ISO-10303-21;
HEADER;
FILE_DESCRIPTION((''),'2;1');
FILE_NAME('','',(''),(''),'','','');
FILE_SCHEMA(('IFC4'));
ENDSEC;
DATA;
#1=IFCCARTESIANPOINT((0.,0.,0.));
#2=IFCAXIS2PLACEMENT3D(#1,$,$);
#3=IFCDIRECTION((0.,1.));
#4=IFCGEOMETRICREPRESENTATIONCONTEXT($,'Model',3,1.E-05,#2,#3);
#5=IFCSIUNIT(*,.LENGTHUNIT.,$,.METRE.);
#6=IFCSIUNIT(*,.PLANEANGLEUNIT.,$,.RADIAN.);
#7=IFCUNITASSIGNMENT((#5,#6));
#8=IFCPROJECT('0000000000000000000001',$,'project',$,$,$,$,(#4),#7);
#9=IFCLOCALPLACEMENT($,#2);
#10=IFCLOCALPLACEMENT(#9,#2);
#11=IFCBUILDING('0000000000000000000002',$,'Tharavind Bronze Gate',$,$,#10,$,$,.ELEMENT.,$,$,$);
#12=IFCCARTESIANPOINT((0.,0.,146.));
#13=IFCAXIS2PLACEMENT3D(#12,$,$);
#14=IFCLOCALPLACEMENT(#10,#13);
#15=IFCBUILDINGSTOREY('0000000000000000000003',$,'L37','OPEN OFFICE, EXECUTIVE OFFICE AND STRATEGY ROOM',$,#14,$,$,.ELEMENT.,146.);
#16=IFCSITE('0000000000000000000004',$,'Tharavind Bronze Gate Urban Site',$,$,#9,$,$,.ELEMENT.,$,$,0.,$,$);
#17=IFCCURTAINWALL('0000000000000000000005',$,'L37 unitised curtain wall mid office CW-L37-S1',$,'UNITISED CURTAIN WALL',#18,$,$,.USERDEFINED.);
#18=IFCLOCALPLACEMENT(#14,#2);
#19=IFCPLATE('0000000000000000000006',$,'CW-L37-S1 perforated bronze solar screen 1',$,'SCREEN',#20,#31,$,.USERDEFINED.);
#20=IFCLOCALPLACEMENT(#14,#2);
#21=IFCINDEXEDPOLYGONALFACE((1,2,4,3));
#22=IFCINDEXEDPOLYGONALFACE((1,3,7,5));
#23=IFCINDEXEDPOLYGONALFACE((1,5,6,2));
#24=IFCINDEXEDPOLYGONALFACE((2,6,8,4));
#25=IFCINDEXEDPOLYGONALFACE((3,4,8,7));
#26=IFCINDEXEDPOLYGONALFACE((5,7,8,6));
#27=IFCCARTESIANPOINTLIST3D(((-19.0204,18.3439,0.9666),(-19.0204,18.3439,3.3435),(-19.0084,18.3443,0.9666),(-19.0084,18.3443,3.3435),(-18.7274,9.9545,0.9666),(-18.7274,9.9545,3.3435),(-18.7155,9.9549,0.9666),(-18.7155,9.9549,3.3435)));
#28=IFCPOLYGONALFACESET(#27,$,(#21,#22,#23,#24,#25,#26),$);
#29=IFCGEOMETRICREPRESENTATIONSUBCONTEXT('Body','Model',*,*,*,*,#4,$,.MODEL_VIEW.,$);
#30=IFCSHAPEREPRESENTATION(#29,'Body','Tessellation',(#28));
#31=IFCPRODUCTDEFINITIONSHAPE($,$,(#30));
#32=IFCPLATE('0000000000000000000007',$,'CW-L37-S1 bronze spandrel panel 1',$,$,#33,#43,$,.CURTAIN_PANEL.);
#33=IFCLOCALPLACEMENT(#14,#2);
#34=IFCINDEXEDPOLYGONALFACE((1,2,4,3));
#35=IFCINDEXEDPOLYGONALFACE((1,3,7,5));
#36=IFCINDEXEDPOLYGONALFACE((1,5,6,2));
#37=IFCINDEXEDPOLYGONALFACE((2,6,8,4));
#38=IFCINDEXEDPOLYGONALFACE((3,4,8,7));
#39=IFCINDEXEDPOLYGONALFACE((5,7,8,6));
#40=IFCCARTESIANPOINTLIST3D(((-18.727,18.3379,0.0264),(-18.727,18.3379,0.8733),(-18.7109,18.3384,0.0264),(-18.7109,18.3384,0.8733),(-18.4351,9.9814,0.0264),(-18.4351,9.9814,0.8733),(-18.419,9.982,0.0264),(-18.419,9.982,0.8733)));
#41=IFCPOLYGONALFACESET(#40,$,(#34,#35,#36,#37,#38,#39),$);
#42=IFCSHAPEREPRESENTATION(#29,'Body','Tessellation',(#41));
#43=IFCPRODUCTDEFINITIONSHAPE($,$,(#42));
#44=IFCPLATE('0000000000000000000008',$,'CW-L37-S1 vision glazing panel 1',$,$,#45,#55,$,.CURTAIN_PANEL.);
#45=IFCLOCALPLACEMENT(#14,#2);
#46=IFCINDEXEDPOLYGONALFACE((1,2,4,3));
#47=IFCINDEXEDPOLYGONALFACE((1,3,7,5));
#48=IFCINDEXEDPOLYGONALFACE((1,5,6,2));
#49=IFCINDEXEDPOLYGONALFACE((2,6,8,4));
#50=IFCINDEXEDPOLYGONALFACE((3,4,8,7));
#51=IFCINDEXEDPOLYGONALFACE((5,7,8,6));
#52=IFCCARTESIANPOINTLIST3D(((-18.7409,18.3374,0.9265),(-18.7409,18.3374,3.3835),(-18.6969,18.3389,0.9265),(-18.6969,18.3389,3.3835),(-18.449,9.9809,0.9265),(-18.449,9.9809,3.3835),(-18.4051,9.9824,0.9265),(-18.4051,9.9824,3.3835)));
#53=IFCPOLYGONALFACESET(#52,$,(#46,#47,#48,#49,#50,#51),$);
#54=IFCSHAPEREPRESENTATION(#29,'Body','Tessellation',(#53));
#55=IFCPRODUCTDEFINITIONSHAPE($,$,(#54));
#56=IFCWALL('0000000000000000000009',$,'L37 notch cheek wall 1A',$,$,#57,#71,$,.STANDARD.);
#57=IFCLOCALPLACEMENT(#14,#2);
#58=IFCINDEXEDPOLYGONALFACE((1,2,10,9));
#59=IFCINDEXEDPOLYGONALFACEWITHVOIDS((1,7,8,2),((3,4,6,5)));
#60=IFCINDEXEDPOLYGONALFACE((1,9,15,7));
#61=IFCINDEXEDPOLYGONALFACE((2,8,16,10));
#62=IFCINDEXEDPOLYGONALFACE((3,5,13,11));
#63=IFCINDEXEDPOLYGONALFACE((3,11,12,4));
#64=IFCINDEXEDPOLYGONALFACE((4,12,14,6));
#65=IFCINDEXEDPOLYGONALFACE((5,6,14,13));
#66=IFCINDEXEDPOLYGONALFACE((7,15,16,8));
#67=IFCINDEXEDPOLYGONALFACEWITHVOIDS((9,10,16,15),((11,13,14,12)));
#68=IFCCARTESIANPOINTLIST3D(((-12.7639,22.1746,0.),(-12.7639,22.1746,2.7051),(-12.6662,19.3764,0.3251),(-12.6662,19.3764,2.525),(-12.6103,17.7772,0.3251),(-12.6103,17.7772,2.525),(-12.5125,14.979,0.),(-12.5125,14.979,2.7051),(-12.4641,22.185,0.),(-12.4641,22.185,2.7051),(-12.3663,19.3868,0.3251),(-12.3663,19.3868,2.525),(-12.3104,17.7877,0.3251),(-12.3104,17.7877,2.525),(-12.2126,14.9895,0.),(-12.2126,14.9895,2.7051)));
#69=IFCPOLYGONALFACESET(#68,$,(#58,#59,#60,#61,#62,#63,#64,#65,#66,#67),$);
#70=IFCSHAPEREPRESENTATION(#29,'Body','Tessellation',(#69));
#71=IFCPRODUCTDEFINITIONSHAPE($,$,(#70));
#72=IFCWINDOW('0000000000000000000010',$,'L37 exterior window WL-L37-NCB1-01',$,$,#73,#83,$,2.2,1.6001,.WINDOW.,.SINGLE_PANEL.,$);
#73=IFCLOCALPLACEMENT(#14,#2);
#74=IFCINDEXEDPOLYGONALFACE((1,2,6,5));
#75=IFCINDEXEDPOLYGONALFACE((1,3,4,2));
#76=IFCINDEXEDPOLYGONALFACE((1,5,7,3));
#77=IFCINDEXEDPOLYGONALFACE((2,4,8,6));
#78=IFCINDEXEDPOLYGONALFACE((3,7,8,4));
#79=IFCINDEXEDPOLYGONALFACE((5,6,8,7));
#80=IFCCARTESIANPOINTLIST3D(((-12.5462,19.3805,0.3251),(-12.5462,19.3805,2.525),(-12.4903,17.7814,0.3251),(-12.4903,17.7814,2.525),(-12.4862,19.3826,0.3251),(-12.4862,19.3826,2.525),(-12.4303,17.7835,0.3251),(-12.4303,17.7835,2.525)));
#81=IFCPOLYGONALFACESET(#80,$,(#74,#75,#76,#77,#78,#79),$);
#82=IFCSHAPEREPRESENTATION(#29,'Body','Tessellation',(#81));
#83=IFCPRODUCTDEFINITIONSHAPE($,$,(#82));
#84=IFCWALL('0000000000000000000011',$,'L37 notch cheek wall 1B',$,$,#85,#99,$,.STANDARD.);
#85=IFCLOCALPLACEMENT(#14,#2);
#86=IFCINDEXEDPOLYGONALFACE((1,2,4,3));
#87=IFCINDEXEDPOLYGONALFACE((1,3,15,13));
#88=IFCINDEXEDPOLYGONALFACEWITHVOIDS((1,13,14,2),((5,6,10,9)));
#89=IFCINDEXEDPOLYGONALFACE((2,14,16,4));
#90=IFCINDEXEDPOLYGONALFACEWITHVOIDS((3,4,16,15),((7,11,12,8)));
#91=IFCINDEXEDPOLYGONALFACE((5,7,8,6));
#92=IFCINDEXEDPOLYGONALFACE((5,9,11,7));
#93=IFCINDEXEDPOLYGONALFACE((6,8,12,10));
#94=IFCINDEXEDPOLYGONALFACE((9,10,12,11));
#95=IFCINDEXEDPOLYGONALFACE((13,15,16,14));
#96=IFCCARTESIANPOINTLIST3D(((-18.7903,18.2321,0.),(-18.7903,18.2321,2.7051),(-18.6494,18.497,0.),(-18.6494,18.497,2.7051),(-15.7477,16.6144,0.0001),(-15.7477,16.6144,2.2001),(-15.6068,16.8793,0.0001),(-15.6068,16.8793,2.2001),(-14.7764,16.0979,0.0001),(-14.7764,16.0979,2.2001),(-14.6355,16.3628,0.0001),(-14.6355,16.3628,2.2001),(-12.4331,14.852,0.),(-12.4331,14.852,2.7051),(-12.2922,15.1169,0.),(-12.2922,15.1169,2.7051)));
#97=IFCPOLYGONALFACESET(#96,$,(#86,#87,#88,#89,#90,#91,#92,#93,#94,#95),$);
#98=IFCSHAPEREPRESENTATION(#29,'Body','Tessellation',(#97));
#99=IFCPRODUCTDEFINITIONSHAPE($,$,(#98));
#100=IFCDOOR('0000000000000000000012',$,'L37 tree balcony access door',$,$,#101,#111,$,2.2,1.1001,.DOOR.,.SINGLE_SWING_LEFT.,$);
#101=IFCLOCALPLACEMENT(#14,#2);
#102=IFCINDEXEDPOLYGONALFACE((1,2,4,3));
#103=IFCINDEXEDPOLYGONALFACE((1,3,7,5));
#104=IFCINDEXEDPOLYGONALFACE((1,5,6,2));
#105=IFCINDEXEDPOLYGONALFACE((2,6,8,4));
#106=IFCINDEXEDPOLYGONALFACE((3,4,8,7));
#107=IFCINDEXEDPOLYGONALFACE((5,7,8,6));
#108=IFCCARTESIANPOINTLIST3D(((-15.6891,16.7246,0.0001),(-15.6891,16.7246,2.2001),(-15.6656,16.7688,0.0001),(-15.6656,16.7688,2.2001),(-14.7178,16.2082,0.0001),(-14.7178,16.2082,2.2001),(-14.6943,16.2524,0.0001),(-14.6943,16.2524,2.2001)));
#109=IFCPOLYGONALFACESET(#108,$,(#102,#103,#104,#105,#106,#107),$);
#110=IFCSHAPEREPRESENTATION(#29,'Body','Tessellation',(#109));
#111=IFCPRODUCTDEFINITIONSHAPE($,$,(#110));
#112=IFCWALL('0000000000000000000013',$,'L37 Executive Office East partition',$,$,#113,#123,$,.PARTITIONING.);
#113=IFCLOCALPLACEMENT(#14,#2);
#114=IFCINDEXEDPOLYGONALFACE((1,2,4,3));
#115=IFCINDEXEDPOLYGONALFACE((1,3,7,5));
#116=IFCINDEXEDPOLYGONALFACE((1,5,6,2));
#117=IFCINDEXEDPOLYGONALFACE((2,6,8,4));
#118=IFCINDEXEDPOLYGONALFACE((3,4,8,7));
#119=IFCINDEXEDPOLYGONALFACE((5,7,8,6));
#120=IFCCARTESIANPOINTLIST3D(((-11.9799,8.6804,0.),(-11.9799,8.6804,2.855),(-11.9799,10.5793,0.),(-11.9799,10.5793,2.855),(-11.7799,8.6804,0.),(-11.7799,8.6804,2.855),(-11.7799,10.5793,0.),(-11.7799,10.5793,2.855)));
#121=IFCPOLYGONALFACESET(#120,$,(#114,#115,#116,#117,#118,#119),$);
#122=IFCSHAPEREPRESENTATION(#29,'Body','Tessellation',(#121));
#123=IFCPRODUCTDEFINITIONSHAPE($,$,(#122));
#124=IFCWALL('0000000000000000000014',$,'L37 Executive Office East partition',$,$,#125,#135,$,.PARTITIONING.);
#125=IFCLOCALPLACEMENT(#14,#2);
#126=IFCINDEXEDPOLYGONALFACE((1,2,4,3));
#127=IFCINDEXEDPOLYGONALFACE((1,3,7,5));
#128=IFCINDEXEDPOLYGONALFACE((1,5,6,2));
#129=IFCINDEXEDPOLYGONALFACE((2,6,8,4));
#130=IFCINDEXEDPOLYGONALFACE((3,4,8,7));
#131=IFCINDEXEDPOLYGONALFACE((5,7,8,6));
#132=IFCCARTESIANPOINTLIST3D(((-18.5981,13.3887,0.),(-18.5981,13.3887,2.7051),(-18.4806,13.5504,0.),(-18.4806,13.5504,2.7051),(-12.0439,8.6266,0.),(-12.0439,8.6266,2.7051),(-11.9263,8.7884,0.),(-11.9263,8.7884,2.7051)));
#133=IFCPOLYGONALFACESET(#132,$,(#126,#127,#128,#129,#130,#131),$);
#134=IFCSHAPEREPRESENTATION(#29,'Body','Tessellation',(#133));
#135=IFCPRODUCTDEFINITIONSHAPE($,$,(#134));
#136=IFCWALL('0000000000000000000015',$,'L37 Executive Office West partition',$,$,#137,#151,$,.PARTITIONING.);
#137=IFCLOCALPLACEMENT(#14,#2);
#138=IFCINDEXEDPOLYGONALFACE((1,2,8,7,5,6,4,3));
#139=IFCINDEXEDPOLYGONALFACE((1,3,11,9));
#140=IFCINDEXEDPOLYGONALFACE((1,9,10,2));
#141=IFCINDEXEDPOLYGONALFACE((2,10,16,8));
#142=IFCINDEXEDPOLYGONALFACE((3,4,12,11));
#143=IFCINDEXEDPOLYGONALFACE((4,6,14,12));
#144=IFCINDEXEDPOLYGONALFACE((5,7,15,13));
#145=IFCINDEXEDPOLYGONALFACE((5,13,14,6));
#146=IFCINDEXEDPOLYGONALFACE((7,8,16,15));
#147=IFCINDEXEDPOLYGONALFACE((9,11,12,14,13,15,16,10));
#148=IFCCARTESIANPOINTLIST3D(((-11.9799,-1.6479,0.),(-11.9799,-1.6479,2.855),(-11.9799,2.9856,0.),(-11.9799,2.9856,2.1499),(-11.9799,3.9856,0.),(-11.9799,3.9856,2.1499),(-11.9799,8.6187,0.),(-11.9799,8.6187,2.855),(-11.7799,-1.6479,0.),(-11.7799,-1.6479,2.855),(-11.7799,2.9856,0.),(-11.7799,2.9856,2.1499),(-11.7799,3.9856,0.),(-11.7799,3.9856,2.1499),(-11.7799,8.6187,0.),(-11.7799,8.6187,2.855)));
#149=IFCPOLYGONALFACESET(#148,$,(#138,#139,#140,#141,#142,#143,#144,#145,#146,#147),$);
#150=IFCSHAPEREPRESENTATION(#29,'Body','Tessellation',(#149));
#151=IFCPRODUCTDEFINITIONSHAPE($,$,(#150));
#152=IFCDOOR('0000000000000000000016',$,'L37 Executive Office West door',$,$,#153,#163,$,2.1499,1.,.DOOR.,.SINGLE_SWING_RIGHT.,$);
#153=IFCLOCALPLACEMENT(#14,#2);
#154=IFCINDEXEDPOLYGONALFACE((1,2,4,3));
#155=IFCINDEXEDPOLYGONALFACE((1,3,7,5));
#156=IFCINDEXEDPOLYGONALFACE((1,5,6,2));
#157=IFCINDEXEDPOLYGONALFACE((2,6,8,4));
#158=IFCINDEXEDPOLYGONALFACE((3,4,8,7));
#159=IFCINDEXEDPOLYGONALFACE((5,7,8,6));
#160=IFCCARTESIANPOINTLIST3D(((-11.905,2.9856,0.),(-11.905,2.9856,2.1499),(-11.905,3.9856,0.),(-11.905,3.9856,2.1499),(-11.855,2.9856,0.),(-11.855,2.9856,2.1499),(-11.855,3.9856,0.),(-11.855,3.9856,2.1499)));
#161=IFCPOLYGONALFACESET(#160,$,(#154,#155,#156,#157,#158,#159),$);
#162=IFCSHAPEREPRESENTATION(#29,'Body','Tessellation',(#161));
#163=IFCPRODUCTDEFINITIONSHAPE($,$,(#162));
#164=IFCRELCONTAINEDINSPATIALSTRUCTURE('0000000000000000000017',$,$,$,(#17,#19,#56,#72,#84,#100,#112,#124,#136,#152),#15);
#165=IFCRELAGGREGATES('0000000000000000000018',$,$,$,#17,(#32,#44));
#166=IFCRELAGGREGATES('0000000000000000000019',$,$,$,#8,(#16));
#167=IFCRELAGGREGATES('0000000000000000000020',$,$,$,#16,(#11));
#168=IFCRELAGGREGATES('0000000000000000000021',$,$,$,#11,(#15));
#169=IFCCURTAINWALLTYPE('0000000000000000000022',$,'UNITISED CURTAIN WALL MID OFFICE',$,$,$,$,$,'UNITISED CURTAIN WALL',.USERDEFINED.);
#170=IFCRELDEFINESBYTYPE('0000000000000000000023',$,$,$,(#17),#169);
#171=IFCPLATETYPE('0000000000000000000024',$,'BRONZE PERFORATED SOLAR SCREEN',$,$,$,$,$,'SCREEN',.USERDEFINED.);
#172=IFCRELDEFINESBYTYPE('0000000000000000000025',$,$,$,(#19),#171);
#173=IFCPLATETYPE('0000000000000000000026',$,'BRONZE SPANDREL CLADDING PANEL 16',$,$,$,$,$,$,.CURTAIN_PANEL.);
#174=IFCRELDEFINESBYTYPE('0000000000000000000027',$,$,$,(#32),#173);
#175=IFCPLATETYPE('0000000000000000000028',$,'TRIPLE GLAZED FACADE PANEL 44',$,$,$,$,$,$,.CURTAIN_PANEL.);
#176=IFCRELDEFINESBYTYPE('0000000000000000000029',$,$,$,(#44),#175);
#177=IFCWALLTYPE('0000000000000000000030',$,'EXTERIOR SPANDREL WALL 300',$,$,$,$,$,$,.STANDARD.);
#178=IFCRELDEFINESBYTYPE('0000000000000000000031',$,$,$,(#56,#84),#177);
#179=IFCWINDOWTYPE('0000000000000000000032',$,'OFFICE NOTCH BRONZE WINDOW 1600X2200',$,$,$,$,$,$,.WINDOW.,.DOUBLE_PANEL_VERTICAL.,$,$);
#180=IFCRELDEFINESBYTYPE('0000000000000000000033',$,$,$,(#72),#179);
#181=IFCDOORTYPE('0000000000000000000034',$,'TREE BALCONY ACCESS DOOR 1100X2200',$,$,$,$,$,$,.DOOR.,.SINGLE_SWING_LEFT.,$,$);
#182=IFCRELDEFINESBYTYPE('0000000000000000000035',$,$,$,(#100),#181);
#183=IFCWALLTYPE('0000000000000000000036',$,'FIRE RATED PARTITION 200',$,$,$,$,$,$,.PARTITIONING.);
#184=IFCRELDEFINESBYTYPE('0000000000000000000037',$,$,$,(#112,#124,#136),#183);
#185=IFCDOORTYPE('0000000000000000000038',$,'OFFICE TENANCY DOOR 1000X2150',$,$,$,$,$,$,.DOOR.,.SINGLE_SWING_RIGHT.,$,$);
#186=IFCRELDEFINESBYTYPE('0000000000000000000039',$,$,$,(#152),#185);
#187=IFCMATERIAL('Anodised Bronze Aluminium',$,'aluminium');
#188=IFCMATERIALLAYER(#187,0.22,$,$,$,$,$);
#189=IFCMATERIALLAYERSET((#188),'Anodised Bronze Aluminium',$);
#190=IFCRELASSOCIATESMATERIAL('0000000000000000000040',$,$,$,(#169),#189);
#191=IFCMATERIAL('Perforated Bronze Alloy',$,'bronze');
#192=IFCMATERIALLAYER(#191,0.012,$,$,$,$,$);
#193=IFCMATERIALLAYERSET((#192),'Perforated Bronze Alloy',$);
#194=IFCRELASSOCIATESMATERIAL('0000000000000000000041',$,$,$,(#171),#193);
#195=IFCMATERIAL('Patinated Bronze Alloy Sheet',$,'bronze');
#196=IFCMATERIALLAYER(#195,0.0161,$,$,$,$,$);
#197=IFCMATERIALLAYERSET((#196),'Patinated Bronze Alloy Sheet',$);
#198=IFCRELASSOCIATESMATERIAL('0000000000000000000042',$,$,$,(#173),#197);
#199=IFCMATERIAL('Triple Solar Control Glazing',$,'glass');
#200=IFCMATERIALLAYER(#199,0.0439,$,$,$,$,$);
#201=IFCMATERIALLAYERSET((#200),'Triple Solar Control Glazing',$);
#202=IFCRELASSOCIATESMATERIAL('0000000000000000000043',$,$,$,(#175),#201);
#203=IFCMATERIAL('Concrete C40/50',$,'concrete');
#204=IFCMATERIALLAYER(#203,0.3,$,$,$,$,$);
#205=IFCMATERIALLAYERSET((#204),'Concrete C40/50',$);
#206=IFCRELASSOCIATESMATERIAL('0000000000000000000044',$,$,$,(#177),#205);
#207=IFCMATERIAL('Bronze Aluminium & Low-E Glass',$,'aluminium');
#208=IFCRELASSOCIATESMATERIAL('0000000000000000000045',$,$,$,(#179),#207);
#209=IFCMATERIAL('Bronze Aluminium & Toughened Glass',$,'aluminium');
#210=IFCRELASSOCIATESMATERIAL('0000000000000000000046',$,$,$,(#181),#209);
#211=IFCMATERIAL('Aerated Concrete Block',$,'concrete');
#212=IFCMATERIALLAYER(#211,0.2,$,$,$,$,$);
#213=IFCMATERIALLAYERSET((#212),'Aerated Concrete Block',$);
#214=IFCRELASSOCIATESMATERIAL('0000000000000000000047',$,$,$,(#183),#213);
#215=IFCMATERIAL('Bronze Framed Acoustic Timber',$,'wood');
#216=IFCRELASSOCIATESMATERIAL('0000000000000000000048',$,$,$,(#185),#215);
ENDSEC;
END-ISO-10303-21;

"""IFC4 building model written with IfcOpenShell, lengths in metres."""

from ifc_helpers import new_model, si_unit, direction, frame, frame_2d, origin, origin_2d, place, context, subcontext, project, spatial, rectangle, extrude, material, layer, layer_set, type_object, element, fill, aggregate, save


model = new_model("IFC4")

# Units and contexts
model_context = context("Model", 3, precision=1e-05, world=origin(), true_north=direction((0.0, 1.0)))
body_context = subcontext(model_context, "Body", "Model", "MODEL_VIEW")
ifc_project = project(units=[si_unit("LENGTHUNIT", "METRE"), si_unit("PLANEANGLEUNIT", "RADIAN")], contexts=[model_context])

# Site, building, storey
site_placement = place(None, origin())
site = spatial("IfcSite", under=ifc_project, at=site_placement, Name="Tharavind Bronze Gate Urban Site", CompositionType="ELEMENT", RefElevation=0.0)
building_placement = place(site_placement, origin())
building = spatial("IfcBuilding", under=site, at=building_placement, Name="Tharavind Bronze Gate", CompositionType="ELEMENT")
storey_placement = place(building_placement, frame((0.0, 0.0, 146.0)))
storey = spatial("IfcBuildingStorey", under=building, at=storey_placement, Name="L37", Description="OPEN OFFICE, EXECUTIVE OFFICE AND STRATEGY ROOM", CompositionType="ELEMENT", Elevation=146.0)

# Curtain wall
ifc_material_1 = material(Name="Anodised Bronze Aluminium", Category="aluminium")
ifc_layer_1 = layer(ifc_material_1, 0.22)
ifc_layer_set_1 = layer_set([ifc_layer_1], Name="Anodised Bronze Aluminium")
curtain_wall_type = type_object("IfcCurtainWallType", Name="UNITISED CURTAIN WALL MID OFFICE", ElementType="UNITISED CURTAIN WALL", PredefinedType="USERDEFINED", material=ifc_layer_set_1)
curtain_wall_1_placement = place(storey_placement, origin())
curtain_wall_1 = element("IfcCurtainWall", 1, at=curtain_wall_1_placement, inside=storey, type_object=curtain_wall_type, Name="L37 unitised curtain wall mid office CW-L37-S1", ObjectType="UNITISED CURTAIN WALL", PredefinedType="USERDEFINED")

# Plates
ifc_material_2 = material(Name="Perforated Bronze Alloy", Category="bronze")
ifc_layer_2 = layer(ifc_material_2, 0.012)
ifc_layer_set_2 = layer_set([ifc_layer_2], Name="Perforated Bronze Alloy")
plate_type_1 = type_object("IfcPlateType", Name="BRONZE PERFORATED SOLAR SCREEN", ElementType="SCREEN", PredefinedType="USERDEFINED", material=ifc_layer_set_2)
plate_1_placement = place(storey_placement, frame((-18.8679, 14.1494, 0.9666), z_axis=(0.0, 0.0, 1.0), x_axis=(0.034899, -0.999391, 0.0)))
element("IfcPlate", 2, at=plate_1_placement, inside=storey, type_object=plate_type_1, Name="CW-L37-S1 perforated bronze solar screen 1", ObjectType="SCREEN", PredefinedType="USERDEFINED", context=body_context, shape_type="SweptSolid", body=[
    extrude(rectangle(XDim=8.3945, YDim=0.012, at=origin_2d()), origin(), (0.0, 0.0, 1.0), 2.377),
])
ifc_material_3 = material(Name="Patinated Bronze Alloy Sheet", Category="bronze")
ifc_layer_3 = layer(ifc_material_3, 0.0161)
ifc_layer_set_3 = layer_set([ifc_layer_3], Name="Patinated Bronze Alloy Sheet")
plate_type_2 = type_object("IfcPlateType", Name="BRONZE SPANDREL CLADDING PANEL 16", PredefinedType="CURTAIN_PANEL", material=ifc_layer_set_3)
plate_2_placement = place(storey_placement, frame((-18.573, 14.1599, 0.0264), z_axis=(0.0, 0.0, 1.0), x_axis=(0.034899, -0.999391, 0.0)))
plate_2 = element("IfcPlate", 3, at=plate_2_placement, type_object=plate_type_2, Name="CW-L37-S1 bronze spandrel panel 1", PredefinedType="CURTAIN_PANEL", context=body_context, shape_type="SweptSolid", body=[
    extrude(rectangle(XDim=8.3616, YDim=0.0161, at=origin_2d()), origin(), (0.0, 0.0, 1.0), 0.8469),
])
ifc_material_4 = material(Name="Triple Solar Control Glazing", Category="glass")
ifc_layer_4 = layer(ifc_material_4, 0.0439)
ifc_layer_set_4 = layer_set([ifc_layer_4], Name="Triple Solar Control Glazing")
plate_type_3 = type_object("IfcPlateType", Name="TRIPLE GLAZED FACADE PANEL 44", PredefinedType="CURTAIN_PANEL", material=ifc_layer_set_4)
plate_3_placement = place(storey_placement, frame((-18.573, 14.1599, 0.9265), z_axis=(0.0, 0.0, 1.0), x_axis=(0.034899, -0.999391, 0.0)))
plate_3 = element("IfcPlate", 4, at=plate_3_placement, type_object=plate_type_3, Name="CW-L37-S1 vision glazing panel 1", PredefinedType="CURTAIN_PANEL", context=body_context, shape_type="SweptSolid", body=[
    extrude(rectangle(XDim=8.3616, YDim=0.0439, at=origin_2d()), origin(), (0.0, 0.0, 1.0), 2.457),
])
aggregate(curtain_wall_1, [plate_2, plate_3])

# Wall, opening, window
ifc_material_5 = material(Name="Concrete C40/50", Category="concrete")
ifc_layer_5 = layer(ifc_material_5, 0.3)
ifc_layer_set_5 = layer_set([ifc_layer_5], Name="Concrete C40/50")
wall_type_1 = type_object("IfcWallType", Name="EXTERIOR SPANDREL WALL 300", PredefinedType="STANDARD", material=ifc_layer_set_5)
wall_1_placement = place(storey_placement, frame((-12.614, 22.1799, 0.0), z_axis=(0.0, 0.0, 1.0), x_axis=(0.034926, -0.99939, 0.0)))
wall_1 = element("IfcWall", 5, at=wall_1_placement, inside=storey, type_object=wall_type_1, Name="L37 notch cheek wall 1A", PredefinedType="STANDARD", context=body_context, shape_type="SweptSolid", body=[
    extrude(rectangle(XDim=7.2, YDim=0.3, at=frame_2d((3.6001, 0.0))), origin(), (0.0, 0.0, 1.0), 2.7051),
])
opening_1_placement = place(wall_1_placement, frame((2.8, 0.0, 0.325)))
opening_1 = element("IfcOpeningElement", 6, at=opening_1_placement, cuts=wall_1, PredefinedType="OPENING", context=body_context, shape_type="SweptSolid", body=[
    extrude(rectangle(XDim=1.6001, YDim=2.2, at=frame_2d((0.8, 1.1001))), frame((0.0, 0.1599, 0.0), z_axis=(0.0, -1.0, 0.0), x_axis=(1.0, 0.0, 0.0)), (0.0, 0.0, 1.0), 0.32),
])
ifc_material_6 = material(Name="Bronze Aluminium & Low-E Glass", Category="aluminium")
window_type = type_object("IfcWindowType", Name="OFFICE NOTCH BRONZE WINDOW 1600X2200", PartitioningType="DOUBLE_PANEL_VERTICAL", PredefinedType="WINDOW", material=ifc_material_6)
window_placement = place(opening_1_placement, origin())
window = element("IfcWindow", 7, at=window_placement, inside=storey, type_object=window_type, Name="L37 exterior window WL-L37-NCB1-01", OverallHeight=2.2, OverallWidth=1.6001, PartitioningType="SINGLE_PANEL", PredefinedType="WINDOW", context=body_context, shape_type="SweptSolid", body=[
    extrude(rectangle(XDim=1.6001, YDim=2.2, at=frame_2d((0.8, 1.1001))), frame((0.0, 0.03, 0.0), z_axis=(0.0, -1.0, 0.0), x_axis=(1.0, 0.0, 0.0)), (0.0, 0.0, 1.0), 0.0601),
])
fill(opening_1, window)

# Wall, opening, door
wall_2_placement = place(storey_placement, frame((-12.3625, 14.9844, 0.0), z_axis=(0.0, 0.0, 1.0), x_axis=(-0.88295, 0.469467, 0.0)))
wall_2 = element("IfcWall", 8, at=wall_2_placement, inside=storey, type_object=wall_type_1, Name="L37 notch cheek wall 1B", PredefinedType="STANDARD", context=body_context, shape_type="SweptSolid", body=[
    extrude(rectangle(XDim=7.2, YDim=0.3, at=frame_2d((3.6001, 0.0))), origin(), (0.0, 0.0, 1.0), 2.7051),
])
opening_2_placement = place(wall_2_placement, frame((2.6541, 0.0, 0.0)))
opening_2 = element("IfcOpeningElement", 9, at=opening_2_placement, cuts=wall_2, PredefinedType="OPENING", context=body_context, shape_type="SweptSolid", body=[
    extrude(rectangle(XDim=1.1001, YDim=2.2, at=frame_2d((0.55, 1.1001))), frame((0.0, 0.1599, 0.0), z_axis=(0.0, -1.0, 0.0), x_axis=(1.0, 0.0, 0.0)), (0.0, 0.0, 1.0), 0.32),
])
ifc_material_7 = material(Name="Bronze Aluminium & Toughened Glass", Category="aluminium")
door_type_1 = type_object("IfcDoorType", Name="TREE BALCONY ACCESS DOOR 1100X2200", OperationType="SINGLE_SWING_LEFT", PredefinedType="DOOR", material=ifc_material_7)
door_1_placement = place(opening_2_placement, frame((1.1001, 0.0, 0.0), z_axis=(0.0, 0.0, 1.0), x_axis=(-1.0, 0.0, 0.0)))
door_1 = element("IfcDoor", 10, at=door_1_placement, inside=storey, type_object=door_type_1, Name="L37 tree balcony access door", OperationType="SINGLE_SWING_LEFT", OverallHeight=2.2, OverallWidth=1.1001, PredefinedType="DOOR", context=body_context, shape_type="SweptSolid", body=[
    extrude(rectangle(XDim=1.1001, YDim=2.2, at=frame_2d((0.55, 1.1001))), frame((0.0, 0.0249, 0.0), z_axis=(0.0, -1.0, 0.0), x_axis=(1.0, 0.0, 0.0)), (0.0, 0.0, 1.0), 0.05),
])
fill(opening_2, door_1)

# Walls
ifc_material_8 = material(Name="Aerated Concrete Block", Category="concrete")
ifc_layer_6 = layer(ifc_material_8, 0.2)
ifc_layer_set_6 = layer_set([ifc_layer_6], Name="Aerated Concrete Block")
wall_type_2 = type_object("IfcWallType", Name="FIRE RATED PARTITION 200", PredefinedType="PARTITIONING", material=ifc_layer_set_6)
wall_3_placement = place(storey_placement, frame((-11.8799, 10.5793, 0.0), z_axis=(0.0, 0.0, 1.0), x_axis=(0.0, -1.0, 0.0)))
element("IfcWall", 11, at=wall_3_placement, inside=storey, type_object=wall_type_2, Name="L37 Executive Office East partition", PredefinedType="PARTITIONING", context=body_context, shape_type="SweptSolid", body=[
    extrude(rectangle(XDim=1.8989, YDim=0.2, at=frame_2d((0.9495, 0.0))), origin(), (0.0, 0.0, 1.0), 2.855),
])
wall_4_placement = place(storey_placement, frame((-11.9851, 8.7075, 0.0), z_axis=(0.0, 0.0, 1.0), x_axis=(-0.809014, 0.58779, 0.0)))
element("IfcWall", 12, at=wall_4_placement, inside=storey, type_object=wall_type_2, Name="L37 Executive Office East partition", PredefinedType="PARTITIONING", context=body_context, shape_type="SweptSolid", body=[
    extrude(rectangle(XDim=8.1016, YDim=0.2, at=frame_2d((4.0508, 0.0))), origin(), (0.0, 0.0, 1.0), 2.7051),
])

# Wall, opening, door
wall_5_placement = place(storey_placement, frame((-11.8799, 8.6187, 0.0), z_axis=(0.0, 0.0, 1.0), x_axis=(0.0, -1.0, 0.0)))
wall_5 = element("IfcWall", 13, at=wall_5_placement, inside=storey, type_object=wall_type_2, Name="L37 Executive Office West partition", PredefinedType="PARTITIONING", context=body_context, shape_type="SweptSolid", body=[
    extrude(rectangle(XDim=10.2666, YDim=0.2, at=frame_2d((5.1333, 0.0))), origin(), (0.0, 0.0, 1.0), 2.855),
])
opening_3_placement = place(wall_5_placement, frame((4.6331, 0.0, 0.0)))
opening_3 = element("IfcOpeningElement", 14, at=opening_3_placement, cuts=wall_5, PredefinedType="OPENING", context=body_context, shape_type="SweptSolid", body=[
    extrude(rectangle(XDim=1.0, YDim=2.1499, at=frame_2d((0.5, 1.075))), frame((0.0, 0.1101, 0.0), z_axis=(0.0, -1.0, 0.0), x_axis=(1.0, 0.0, 0.0)), (0.0, 0.0, 1.0), 0.22),
])
ifc_material_9 = material(Name="Bronze Framed Acoustic Timber", Category="wood")
door_type_2 = type_object("IfcDoorType", Name="OFFICE TENANCY DOOR 1000X2150", OperationType="SINGLE_SWING_RIGHT", PredefinedType="DOOR", material=ifc_material_9)
door_2_placement = place(opening_3_placement, origin())
door_2 = element("IfcDoor", 15, at=door_2_placement, inside=storey, type_object=door_type_2, Name="L37 Executive Office West door", OperationType="SINGLE_SWING_RIGHT", OverallHeight=2.1499, OverallWidth=1.0, PredefinedType="DOOR", context=body_context, shape_type="SweptSolid", body=[
    extrude(rectangle(XDim=1.0, YDim=2.1499, at=frame_2d((0.5, 1.075))), frame((0.0, 0.0249, 0.0), z_axis=(0.0, -1.0, 0.0), x_axis=(1.0, 0.0, 0.0)), (0.0, 0.0, 1.0), 0.05),
])
fill(opening_3, door_2)

save(model, "model.ifc")
